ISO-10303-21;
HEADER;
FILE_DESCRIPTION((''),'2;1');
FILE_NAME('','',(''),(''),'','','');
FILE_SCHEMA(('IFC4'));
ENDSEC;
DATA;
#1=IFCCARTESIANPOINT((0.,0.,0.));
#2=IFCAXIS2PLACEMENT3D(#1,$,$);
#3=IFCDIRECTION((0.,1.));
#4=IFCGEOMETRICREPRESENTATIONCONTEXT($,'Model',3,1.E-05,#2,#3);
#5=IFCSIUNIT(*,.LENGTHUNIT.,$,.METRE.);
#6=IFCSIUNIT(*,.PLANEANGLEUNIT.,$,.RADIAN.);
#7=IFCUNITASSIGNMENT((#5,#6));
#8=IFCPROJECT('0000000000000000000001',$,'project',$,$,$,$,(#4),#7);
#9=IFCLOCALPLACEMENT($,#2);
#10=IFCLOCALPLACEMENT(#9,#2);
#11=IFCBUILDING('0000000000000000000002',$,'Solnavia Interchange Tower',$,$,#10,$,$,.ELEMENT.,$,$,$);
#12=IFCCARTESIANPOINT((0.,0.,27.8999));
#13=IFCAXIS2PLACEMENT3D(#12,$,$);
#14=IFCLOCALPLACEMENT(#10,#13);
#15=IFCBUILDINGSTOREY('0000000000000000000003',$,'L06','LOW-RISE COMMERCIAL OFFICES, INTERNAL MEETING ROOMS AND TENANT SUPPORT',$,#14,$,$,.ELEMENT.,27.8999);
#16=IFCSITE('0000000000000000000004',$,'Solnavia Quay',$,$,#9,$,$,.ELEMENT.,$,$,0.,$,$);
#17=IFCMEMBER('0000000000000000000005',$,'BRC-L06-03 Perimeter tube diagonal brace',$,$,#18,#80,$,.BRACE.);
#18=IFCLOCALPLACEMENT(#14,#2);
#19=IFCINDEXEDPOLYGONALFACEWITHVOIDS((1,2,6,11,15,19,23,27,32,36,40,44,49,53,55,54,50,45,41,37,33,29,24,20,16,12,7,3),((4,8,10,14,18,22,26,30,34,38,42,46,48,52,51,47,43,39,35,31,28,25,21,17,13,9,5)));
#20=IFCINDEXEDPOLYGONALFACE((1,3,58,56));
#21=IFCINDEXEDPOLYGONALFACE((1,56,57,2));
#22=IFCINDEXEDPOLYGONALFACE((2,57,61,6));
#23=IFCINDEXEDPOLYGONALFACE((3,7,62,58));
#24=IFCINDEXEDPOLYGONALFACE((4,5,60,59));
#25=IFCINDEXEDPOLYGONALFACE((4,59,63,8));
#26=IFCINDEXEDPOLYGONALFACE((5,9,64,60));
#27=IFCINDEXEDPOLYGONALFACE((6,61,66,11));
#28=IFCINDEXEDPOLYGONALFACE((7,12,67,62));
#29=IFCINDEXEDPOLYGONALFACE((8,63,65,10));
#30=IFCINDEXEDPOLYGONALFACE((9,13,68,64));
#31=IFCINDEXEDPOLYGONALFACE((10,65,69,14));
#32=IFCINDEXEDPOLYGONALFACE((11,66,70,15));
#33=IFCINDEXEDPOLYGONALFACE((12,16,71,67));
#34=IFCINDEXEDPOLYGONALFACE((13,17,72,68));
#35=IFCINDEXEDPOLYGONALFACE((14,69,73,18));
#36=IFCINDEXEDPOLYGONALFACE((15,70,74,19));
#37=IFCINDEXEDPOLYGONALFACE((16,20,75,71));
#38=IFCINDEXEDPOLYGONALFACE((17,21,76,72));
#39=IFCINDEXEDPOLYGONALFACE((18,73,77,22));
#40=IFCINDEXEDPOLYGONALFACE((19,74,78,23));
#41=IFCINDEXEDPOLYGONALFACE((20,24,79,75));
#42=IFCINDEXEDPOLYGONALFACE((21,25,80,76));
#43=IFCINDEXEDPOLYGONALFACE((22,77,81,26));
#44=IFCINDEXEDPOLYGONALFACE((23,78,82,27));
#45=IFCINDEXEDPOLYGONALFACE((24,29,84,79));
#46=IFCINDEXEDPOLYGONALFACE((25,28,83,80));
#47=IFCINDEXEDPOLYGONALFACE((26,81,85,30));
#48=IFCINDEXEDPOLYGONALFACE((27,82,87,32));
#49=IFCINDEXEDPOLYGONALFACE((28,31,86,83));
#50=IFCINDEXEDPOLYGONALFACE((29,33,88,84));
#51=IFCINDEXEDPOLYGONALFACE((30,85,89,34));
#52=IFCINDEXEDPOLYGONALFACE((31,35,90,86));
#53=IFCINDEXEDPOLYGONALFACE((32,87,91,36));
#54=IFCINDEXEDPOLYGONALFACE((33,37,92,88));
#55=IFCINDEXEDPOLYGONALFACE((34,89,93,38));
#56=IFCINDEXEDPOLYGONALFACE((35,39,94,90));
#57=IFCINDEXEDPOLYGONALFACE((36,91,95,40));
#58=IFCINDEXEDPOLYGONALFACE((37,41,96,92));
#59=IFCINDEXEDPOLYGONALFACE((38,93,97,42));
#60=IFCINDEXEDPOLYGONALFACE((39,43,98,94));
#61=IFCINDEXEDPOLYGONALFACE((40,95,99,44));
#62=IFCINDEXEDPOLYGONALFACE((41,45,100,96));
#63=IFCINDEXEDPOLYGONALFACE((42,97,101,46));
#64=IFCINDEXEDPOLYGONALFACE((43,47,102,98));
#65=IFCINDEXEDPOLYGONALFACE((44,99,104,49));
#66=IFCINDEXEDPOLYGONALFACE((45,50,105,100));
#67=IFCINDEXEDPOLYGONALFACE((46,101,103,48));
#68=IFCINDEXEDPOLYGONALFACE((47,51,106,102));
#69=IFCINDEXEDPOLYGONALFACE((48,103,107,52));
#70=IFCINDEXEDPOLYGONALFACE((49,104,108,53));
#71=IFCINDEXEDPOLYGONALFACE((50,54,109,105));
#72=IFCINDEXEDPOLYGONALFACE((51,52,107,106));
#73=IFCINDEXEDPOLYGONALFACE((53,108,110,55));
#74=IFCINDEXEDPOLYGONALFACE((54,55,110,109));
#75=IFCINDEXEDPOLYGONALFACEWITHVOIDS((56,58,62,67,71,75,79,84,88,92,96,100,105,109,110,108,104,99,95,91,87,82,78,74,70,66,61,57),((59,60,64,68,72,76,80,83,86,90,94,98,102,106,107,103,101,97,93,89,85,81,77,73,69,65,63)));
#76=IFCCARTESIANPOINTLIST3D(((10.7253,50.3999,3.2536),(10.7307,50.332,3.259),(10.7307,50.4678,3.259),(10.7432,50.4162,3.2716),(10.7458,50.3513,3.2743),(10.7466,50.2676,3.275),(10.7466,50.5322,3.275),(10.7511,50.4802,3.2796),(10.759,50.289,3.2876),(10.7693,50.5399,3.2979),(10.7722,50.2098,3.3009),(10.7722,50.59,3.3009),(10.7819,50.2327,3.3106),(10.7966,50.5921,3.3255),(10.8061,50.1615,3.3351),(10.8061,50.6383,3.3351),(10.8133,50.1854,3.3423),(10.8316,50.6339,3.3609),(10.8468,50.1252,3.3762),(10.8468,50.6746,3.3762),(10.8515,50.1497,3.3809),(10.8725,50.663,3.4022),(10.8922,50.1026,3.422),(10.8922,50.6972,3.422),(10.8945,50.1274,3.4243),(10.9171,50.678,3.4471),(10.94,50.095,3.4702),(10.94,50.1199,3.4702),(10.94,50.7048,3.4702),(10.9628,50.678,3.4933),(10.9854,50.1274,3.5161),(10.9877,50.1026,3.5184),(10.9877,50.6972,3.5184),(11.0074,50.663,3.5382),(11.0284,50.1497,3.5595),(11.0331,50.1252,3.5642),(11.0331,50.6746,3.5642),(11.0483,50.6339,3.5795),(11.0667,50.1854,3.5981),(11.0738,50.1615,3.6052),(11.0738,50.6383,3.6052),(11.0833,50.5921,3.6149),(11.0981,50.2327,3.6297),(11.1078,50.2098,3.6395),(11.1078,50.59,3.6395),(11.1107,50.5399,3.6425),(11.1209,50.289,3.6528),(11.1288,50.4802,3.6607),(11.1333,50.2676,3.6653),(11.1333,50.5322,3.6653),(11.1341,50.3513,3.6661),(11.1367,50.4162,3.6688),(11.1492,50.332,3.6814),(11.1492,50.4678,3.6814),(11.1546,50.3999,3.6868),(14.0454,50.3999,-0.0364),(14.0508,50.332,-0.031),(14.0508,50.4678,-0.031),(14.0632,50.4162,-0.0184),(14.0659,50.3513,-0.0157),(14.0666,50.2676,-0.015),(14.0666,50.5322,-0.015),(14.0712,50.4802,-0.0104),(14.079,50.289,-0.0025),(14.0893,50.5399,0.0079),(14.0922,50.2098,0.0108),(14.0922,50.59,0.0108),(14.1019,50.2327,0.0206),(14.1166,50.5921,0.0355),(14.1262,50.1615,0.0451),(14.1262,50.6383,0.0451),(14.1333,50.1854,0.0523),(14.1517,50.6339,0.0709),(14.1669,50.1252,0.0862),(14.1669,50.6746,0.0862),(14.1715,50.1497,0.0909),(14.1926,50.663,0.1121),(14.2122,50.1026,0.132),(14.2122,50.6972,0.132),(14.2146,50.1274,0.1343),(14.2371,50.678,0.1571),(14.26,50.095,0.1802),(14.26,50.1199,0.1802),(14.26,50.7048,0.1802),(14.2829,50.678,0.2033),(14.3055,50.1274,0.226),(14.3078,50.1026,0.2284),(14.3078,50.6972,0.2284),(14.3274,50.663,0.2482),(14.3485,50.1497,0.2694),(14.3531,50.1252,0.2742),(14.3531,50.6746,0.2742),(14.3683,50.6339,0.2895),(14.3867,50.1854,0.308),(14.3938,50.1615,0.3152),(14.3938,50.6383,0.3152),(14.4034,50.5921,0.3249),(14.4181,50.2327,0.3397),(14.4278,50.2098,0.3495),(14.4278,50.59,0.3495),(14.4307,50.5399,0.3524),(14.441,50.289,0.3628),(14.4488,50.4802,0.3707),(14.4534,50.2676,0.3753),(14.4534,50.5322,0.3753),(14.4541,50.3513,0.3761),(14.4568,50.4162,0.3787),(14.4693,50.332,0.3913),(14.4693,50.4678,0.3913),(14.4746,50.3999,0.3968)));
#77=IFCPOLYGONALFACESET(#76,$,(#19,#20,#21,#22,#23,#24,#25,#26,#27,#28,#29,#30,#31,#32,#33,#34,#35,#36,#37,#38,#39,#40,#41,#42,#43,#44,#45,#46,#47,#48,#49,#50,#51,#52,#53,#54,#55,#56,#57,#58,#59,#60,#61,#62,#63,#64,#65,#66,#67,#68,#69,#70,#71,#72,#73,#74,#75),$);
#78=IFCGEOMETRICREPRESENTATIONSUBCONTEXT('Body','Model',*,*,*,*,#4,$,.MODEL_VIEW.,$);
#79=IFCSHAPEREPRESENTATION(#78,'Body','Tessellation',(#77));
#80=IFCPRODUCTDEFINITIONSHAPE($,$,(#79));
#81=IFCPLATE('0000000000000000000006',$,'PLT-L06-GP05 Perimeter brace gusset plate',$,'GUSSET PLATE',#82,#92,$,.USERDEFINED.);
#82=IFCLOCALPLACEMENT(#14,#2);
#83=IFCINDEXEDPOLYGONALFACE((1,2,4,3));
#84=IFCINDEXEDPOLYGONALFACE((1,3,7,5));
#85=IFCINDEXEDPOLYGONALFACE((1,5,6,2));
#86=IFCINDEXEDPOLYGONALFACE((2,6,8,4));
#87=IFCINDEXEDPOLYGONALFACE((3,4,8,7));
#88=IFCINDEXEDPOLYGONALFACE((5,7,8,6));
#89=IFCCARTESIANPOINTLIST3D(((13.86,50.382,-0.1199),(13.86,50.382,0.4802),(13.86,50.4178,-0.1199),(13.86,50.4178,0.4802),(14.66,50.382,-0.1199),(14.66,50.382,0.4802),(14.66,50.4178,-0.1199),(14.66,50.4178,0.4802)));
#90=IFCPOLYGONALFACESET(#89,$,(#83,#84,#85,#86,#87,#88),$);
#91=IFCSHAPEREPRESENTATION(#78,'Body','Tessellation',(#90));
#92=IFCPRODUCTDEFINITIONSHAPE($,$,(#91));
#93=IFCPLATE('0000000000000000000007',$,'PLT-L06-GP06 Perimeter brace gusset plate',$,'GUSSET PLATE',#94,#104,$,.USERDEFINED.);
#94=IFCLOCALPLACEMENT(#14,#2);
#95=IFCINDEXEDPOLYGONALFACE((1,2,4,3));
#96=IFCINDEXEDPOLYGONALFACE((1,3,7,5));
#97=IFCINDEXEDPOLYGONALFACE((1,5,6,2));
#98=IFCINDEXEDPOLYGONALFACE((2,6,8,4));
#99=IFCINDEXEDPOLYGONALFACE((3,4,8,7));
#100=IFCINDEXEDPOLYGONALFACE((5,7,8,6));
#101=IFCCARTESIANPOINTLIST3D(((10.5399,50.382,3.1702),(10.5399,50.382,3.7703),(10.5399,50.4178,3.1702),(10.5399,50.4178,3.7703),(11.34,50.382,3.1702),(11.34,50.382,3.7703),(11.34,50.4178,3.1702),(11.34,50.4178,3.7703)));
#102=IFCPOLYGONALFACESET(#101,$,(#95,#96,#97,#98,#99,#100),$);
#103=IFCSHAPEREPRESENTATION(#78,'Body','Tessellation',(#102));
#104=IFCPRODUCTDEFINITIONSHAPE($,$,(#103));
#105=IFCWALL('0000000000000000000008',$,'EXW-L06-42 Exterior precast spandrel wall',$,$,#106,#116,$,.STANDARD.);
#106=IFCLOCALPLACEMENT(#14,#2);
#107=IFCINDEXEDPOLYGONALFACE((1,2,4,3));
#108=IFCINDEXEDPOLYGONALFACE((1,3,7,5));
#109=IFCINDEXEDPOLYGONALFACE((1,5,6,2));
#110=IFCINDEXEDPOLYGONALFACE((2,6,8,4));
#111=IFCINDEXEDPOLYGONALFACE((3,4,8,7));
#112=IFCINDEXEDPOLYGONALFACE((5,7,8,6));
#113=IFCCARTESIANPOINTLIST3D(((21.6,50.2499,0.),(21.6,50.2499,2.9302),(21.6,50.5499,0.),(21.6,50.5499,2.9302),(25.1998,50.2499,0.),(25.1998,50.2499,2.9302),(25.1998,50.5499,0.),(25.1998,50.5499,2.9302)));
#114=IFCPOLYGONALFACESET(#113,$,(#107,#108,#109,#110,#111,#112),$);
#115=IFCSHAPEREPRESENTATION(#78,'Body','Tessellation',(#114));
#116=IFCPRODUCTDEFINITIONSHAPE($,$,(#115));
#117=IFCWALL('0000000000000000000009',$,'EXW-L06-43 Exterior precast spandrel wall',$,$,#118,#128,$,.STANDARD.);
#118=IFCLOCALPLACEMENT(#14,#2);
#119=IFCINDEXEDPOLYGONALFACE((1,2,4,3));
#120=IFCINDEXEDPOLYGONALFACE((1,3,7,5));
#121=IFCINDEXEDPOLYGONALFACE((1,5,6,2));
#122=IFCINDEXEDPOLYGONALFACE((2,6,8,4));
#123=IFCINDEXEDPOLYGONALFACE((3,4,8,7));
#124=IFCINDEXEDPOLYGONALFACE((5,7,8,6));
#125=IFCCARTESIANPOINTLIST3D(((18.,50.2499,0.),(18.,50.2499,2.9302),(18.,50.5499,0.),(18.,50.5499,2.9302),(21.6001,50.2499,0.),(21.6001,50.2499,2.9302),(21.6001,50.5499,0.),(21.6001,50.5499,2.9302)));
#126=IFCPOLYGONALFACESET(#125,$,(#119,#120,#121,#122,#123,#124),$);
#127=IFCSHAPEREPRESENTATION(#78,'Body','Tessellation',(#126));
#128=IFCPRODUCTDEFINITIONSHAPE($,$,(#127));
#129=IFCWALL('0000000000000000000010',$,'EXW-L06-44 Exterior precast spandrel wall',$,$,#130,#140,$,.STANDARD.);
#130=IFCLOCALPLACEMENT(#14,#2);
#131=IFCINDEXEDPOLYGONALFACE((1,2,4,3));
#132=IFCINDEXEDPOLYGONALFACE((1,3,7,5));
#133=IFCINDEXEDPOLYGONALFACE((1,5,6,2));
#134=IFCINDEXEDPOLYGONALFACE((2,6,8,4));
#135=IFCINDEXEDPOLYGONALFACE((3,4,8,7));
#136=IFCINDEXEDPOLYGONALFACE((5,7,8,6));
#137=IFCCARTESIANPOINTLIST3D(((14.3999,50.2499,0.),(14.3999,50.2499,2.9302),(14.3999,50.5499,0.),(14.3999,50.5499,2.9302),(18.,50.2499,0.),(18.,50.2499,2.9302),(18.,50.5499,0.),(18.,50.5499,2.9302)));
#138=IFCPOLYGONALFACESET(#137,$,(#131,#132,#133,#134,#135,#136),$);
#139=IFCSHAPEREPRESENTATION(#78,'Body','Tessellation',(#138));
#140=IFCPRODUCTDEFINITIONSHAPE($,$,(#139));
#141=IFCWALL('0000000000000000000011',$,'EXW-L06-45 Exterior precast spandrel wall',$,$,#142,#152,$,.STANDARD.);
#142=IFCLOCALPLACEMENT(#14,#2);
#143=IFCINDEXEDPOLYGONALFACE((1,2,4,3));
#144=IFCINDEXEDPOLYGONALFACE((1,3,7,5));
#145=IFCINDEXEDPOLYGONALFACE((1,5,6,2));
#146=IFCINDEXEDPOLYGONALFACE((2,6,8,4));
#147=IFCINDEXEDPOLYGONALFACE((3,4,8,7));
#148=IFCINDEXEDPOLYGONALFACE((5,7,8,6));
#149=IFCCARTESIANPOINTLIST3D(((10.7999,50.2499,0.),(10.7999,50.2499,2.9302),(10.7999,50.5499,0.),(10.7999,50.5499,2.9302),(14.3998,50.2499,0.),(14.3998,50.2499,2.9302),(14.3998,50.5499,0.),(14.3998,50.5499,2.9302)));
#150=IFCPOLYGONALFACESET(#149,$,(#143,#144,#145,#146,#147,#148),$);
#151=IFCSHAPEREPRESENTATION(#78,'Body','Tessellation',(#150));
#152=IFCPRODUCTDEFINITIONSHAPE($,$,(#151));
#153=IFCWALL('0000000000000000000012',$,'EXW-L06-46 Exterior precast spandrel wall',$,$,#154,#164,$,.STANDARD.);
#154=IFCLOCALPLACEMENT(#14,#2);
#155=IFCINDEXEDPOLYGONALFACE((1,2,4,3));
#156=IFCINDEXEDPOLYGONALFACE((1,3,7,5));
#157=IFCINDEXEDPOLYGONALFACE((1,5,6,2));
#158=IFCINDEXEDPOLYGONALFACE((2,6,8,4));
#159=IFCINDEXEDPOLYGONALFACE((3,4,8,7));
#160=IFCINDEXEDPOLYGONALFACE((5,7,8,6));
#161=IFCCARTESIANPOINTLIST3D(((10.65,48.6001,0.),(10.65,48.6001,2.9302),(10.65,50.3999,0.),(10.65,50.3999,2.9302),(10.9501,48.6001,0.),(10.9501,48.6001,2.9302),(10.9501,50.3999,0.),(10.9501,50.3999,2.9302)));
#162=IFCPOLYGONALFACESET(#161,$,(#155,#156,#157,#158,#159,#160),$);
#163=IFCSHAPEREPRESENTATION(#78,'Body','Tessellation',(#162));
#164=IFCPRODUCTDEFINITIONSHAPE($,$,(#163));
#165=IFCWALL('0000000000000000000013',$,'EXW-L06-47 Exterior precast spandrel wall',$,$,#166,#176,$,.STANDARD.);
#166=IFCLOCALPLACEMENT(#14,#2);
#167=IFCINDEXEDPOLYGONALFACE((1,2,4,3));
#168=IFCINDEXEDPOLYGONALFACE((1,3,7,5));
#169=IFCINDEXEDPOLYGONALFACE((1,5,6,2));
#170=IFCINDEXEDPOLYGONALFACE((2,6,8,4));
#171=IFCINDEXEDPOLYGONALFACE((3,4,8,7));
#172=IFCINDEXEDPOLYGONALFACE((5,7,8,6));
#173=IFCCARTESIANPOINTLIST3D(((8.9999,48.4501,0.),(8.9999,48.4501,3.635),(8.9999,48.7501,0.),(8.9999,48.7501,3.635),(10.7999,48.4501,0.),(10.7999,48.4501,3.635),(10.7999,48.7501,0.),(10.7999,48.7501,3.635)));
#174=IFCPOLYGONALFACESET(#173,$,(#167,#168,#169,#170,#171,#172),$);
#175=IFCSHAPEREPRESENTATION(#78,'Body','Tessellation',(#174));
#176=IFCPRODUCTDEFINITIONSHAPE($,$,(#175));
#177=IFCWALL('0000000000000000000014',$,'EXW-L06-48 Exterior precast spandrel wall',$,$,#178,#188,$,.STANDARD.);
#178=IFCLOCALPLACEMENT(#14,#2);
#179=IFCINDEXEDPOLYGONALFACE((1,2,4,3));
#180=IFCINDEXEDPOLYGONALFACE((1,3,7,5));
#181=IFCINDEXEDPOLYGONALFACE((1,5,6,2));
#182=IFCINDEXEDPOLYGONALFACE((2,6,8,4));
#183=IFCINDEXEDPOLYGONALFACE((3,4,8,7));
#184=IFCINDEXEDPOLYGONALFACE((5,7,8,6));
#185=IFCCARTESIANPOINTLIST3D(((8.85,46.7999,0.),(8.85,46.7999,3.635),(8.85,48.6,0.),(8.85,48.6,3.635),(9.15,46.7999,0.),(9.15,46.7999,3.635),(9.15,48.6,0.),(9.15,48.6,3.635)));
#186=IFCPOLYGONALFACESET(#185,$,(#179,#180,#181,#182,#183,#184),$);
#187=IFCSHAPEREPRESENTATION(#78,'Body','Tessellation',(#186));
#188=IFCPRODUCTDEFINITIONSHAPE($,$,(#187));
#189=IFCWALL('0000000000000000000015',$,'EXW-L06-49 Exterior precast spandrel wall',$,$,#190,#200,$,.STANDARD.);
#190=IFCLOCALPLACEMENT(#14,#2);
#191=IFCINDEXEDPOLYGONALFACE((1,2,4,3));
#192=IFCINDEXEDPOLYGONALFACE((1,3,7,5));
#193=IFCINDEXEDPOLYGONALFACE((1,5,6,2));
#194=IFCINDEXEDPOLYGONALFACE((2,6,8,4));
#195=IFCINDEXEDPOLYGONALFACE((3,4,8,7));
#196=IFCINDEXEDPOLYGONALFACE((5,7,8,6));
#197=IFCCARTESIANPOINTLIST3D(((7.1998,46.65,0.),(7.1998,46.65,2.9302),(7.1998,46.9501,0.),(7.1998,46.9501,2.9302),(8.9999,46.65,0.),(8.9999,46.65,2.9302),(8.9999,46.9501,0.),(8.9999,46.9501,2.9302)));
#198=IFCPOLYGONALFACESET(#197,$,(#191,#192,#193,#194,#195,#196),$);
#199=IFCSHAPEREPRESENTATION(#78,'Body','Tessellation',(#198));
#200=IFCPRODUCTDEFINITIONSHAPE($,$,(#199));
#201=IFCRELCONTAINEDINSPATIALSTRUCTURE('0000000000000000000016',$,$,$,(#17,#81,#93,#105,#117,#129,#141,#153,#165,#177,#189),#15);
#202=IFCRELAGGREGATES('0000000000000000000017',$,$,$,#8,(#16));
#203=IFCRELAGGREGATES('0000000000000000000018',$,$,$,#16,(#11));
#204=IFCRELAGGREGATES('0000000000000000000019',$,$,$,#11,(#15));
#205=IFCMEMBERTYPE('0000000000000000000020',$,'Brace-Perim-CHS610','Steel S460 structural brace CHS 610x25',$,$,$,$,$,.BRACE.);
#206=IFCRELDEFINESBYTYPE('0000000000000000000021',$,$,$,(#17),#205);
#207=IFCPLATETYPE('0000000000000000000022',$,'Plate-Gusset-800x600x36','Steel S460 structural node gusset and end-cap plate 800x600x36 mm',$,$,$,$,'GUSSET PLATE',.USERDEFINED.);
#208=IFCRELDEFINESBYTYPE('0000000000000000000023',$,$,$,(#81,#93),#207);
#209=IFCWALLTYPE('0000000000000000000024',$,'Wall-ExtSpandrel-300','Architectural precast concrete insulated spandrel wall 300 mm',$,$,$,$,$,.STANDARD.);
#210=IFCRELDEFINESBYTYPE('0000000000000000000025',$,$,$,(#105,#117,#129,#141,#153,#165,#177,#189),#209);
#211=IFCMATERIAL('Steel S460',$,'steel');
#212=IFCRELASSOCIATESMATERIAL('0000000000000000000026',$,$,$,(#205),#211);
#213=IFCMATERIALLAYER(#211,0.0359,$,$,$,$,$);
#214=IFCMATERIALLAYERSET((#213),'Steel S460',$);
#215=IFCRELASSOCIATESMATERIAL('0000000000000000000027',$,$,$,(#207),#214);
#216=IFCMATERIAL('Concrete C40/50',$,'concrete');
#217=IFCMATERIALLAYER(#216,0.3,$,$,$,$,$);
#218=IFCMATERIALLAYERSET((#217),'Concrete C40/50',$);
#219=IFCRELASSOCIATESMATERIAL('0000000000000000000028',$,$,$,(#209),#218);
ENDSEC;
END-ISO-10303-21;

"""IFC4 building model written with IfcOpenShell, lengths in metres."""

from ifc_helpers import new_model, si_unit, direction, frame, frame_2d, origin, origin_2d, place, context, subcontext, project, spatial, rectangle, hollow_circle, extrude, material, layer, layer_set, material_profile, profile_set, type_object, element, save


model = new_model("IFC4")

# Units and contexts
model_context = context("Model", 3, precision=1e-05, world=origin(), true_north=direction((0.0, 1.0)))
body_context = subcontext(model_context, "Body", "Model", "MODEL_VIEW")
ifc_project = project(units=[si_unit("LENGTHUNIT", "METRE"), si_unit("PLANEANGLEUNIT", "RADIAN")], contexts=[model_context])

# Site, building, storey
site_placement = place(None, origin())
site = spatial("IfcSite", under=ifc_project, at=site_placement, Name="Solnavia Quay", CompositionType="ELEMENT", RefElevation=0.0)
building_placement = place(site_placement, origin())
building = spatial("IfcBuilding", under=site, at=building_placement, Name="Solnavia Interchange Tower", CompositionType="ELEMENT")
storey_placement = place(building_placement, frame((0.0, 0.0, 27.8999)))
storey = spatial("IfcBuildingStorey", under=building, at=storey_placement, Name="L06", Description="LOW-RISE COMMERCIAL OFFICES, INTERNAL MEETING ROOMS AND TENANT SUPPORT", CompositionType="ELEMENT", Elevation=27.8999)

# Member
ifc_material_1 = material(Name="Steel S460", Category="steel")
ifc_material_profile_1 = material_profile(ifc_material_1, hollow_circle(Radius=0.3049, WallThickness=0.0249, at=origin_2d()), Name="CHS 610x25")
ifc_profile_set_1 = profile_set([ifc_material_profile_1], Name="Steel S460")
member_type = type_object("IfcMemberType", Name="Brace-Perim-CHS610", Description="Steel S460 structural brace CHS 610x25", PredefinedType="BRACE", material=ifc_profile_set_1)
member_placement = place(storey_placement, frame((14.26, 50.3999, 0.1802), z_axis=(-0.710312, 0.0, 0.703887), x_axis=(0.0, -1.0, 0.0)))
element("IfcMember", 1, at=member_placement, inside=storey, type_object=member_type, Name="BRC-L06-03 Perimeter tube diagonal brace", PredefinedType="BRACE", context=body_context, shape_type="SweptSolid", body=[
    extrude(hollow_circle(Radius=0.3049, WallThickness=0.0249, at=origin_2d()), origin(), (0.0, 0.0, 1.0), 4.6741),
])

# Plates
ifc_layer_1 = layer(ifc_material_1, 0.0359)
ifc_layer_set_1 = layer_set([ifc_layer_1], Name="Steel S460")
plate_type = type_object("IfcPlateType", Name="Plate-Gusset-800x600x36", Description="Steel S460 structural node gusset and end-cap plate 800x600x36 mm", ElementType="GUSSET PLATE", PredefinedType="USERDEFINED", material=ifc_layer_set_1)
for number, where, z_axis, x_axis, name in (
    (2, (14.26, 50.3999, -0.1199), (0.0, 0.0, 1.0), (-1.0, 0.0, 0.0), "PLT-L06-GP05 Perimeter brace gusset plate"),
    (3, (10.9399, 50.3999, 3.1702), (0.0, 0.0, 1.0), (-1.0, 0.0, 0.0), "PLT-L06-GP06 Perimeter brace gusset plate"),
):
    element("IfcPlate", number, at=place(storey_placement, frame(where, z_axis=z_axis, x_axis=x_axis)), inside=storey, type_object=plate_type, Name=name, ObjectType="GUSSET PLATE", PredefinedType="USERDEFINED", context=body_context, shape_type="SweptSolid", body=[
        extrude(rectangle(XDim=0.8, YDim=0.0359, at=origin_2d()), origin(), (0.0, 0.0, 1.0), 0.6001),
    ])

# Walls
ifc_material_2 = material(Name="Concrete C40/50", Category="concrete")
ifc_layer_2 = layer(ifc_material_2, 0.3)
ifc_layer_set_2 = layer_set([ifc_layer_2], Name="Concrete C40/50")
wall_type = type_object("IfcWallType", Name="Wall-ExtSpandrel-300", Description="Architectural precast concrete insulated spandrel wall 300 mm", PredefinedType="STANDARD", material=ifc_layer_set_2)
wall_1_placement = place(storey_placement, frame((21.6001, 50.3999, 0.0), z_axis=(0.0, 0.0, 1.0), x_axis=(1.0, 0.0, 0.0)))
element("IfcWall", 4, at=wall_1_placement, inside=storey, type_object=wall_type, Name="EXW-L06-42 Exterior precast spandrel wall", PredefinedType="STANDARD", context=body_context, shape_type="SweptSolid", body=[
    extrude(rectangle(XDim=3.5999, YDim=0.3, at=frame_2d((1.7998, 0.0))), origin(), (0.0, 0.0, 1.0), 2.9302),
])
for number, where, z_axis, x_axis, name in (
    (5, (18.0, 50.3999, 0.0), (0.0, 0.0, 1.0), (1.0, 0.0, 0.0), "EXW-L06-43 Exterior precast spandrel wall"),
    (6, (14.3999, 50.3999, 0.0), (0.0, 0.0, 1.0), (1.0, 0.0, 0.0), "EXW-L06-44 Exterior precast spandrel wall"),
):
    element("IfcWall", number, at=place(storey_placement, frame(where, z_axis=z_axis, x_axis=x_axis)), inside=storey, type_object=wall_type, Name=name, PredefinedType="STANDARD", context=body_context, shape_type="SweptSolid", body=[
        extrude(rectangle(XDim=3.6001, YDim=0.3, at=frame_2d((1.8, 0.0))), origin(), (0.0, 0.0, 1.0), 2.9302),
    ])
wall_2_placement = place(storey_placement, frame((10.8, 50.3999, 0.0), z_axis=(0.0, 0.0, 1.0), x_axis=(1.0, 0.0, 0.0)))
element("IfcWall", 7, at=wall_2_placement, inside=storey, type_object=wall_type, Name="EXW-L06-45 Exterior precast spandrel wall", PredefinedType="STANDARD", context=body_context, shape_type="SweptSolid", body=[
    extrude(rectangle(XDim=3.5999, YDim=0.3, at=frame_2d((1.7998, 0.0))), origin(), (0.0, 0.0, 1.0), 2.9302),
])
wall_3_placement = place(storey_placement, frame((10.8, 48.6001, 0.0), z_axis=(0.0, 0.0, 1.0), x_axis=(0.0, 1.0, 0.0)))
element("IfcWall", 8, at=wall_3_placement, inside=storey, type_object=wall_type, Name="EXW-L06-46 Exterior precast spandrel wall", PredefinedType="STANDARD", context=body_context, shape_type="SweptSolid", body=[
    extrude(rectangle(XDim=1.7998, YDim=0.3, at=frame_2d((0.8999, 0.0))), origin(), (0.0, 0.0, 1.0), 2.9302),
])
for number, where, z_axis, x_axis, name in (
    (9, (9.0, 48.6001, 0.0), (0.0, 0.0, 1.0), (1.0, 0.0, 0.0), "EXW-L06-47 Exterior precast spandrel wall"),
    (10, (9.0, 46.8, 0.0), (0.0, 0.0, 1.0), (0.0, 1.0, 0.0), "EXW-L06-48 Exterior precast spandrel wall"),
):
    element("IfcWall", number, at=place(storey_placement, frame(where, z_axis=z_axis, x_axis=x_axis)), inside=storey, type_object=wall_type, Name=name, PredefinedType="STANDARD", context=body_context, shape_type="SweptSolid", body=[
        extrude(rectangle(XDim=1.8, YDim=0.3, at=frame_2d((0.8999, 0.0))), origin(), (0.0, 0.0, 1.0), 3.635),
    ])
wall_4_placement = place(storey_placement, frame((7.2, 46.8, 0.0), z_axis=(0.0, 0.0, 1.0), x_axis=(1.0, 0.0, 0.0)))
element("IfcWall", 11, at=wall_4_placement, inside=storey, type_object=wall_type, Name="EXW-L06-49 Exterior precast spandrel wall", PredefinedType="STANDARD", context=body_context, shape_type="SweptSolid", body=[
    extrude(rectangle(XDim=1.8, YDim=0.3, at=frame_2d((0.8999, 0.0))), origin(), (0.0, 0.0, 1.0), 2.9302),
])

save(model, "model.ifc")
